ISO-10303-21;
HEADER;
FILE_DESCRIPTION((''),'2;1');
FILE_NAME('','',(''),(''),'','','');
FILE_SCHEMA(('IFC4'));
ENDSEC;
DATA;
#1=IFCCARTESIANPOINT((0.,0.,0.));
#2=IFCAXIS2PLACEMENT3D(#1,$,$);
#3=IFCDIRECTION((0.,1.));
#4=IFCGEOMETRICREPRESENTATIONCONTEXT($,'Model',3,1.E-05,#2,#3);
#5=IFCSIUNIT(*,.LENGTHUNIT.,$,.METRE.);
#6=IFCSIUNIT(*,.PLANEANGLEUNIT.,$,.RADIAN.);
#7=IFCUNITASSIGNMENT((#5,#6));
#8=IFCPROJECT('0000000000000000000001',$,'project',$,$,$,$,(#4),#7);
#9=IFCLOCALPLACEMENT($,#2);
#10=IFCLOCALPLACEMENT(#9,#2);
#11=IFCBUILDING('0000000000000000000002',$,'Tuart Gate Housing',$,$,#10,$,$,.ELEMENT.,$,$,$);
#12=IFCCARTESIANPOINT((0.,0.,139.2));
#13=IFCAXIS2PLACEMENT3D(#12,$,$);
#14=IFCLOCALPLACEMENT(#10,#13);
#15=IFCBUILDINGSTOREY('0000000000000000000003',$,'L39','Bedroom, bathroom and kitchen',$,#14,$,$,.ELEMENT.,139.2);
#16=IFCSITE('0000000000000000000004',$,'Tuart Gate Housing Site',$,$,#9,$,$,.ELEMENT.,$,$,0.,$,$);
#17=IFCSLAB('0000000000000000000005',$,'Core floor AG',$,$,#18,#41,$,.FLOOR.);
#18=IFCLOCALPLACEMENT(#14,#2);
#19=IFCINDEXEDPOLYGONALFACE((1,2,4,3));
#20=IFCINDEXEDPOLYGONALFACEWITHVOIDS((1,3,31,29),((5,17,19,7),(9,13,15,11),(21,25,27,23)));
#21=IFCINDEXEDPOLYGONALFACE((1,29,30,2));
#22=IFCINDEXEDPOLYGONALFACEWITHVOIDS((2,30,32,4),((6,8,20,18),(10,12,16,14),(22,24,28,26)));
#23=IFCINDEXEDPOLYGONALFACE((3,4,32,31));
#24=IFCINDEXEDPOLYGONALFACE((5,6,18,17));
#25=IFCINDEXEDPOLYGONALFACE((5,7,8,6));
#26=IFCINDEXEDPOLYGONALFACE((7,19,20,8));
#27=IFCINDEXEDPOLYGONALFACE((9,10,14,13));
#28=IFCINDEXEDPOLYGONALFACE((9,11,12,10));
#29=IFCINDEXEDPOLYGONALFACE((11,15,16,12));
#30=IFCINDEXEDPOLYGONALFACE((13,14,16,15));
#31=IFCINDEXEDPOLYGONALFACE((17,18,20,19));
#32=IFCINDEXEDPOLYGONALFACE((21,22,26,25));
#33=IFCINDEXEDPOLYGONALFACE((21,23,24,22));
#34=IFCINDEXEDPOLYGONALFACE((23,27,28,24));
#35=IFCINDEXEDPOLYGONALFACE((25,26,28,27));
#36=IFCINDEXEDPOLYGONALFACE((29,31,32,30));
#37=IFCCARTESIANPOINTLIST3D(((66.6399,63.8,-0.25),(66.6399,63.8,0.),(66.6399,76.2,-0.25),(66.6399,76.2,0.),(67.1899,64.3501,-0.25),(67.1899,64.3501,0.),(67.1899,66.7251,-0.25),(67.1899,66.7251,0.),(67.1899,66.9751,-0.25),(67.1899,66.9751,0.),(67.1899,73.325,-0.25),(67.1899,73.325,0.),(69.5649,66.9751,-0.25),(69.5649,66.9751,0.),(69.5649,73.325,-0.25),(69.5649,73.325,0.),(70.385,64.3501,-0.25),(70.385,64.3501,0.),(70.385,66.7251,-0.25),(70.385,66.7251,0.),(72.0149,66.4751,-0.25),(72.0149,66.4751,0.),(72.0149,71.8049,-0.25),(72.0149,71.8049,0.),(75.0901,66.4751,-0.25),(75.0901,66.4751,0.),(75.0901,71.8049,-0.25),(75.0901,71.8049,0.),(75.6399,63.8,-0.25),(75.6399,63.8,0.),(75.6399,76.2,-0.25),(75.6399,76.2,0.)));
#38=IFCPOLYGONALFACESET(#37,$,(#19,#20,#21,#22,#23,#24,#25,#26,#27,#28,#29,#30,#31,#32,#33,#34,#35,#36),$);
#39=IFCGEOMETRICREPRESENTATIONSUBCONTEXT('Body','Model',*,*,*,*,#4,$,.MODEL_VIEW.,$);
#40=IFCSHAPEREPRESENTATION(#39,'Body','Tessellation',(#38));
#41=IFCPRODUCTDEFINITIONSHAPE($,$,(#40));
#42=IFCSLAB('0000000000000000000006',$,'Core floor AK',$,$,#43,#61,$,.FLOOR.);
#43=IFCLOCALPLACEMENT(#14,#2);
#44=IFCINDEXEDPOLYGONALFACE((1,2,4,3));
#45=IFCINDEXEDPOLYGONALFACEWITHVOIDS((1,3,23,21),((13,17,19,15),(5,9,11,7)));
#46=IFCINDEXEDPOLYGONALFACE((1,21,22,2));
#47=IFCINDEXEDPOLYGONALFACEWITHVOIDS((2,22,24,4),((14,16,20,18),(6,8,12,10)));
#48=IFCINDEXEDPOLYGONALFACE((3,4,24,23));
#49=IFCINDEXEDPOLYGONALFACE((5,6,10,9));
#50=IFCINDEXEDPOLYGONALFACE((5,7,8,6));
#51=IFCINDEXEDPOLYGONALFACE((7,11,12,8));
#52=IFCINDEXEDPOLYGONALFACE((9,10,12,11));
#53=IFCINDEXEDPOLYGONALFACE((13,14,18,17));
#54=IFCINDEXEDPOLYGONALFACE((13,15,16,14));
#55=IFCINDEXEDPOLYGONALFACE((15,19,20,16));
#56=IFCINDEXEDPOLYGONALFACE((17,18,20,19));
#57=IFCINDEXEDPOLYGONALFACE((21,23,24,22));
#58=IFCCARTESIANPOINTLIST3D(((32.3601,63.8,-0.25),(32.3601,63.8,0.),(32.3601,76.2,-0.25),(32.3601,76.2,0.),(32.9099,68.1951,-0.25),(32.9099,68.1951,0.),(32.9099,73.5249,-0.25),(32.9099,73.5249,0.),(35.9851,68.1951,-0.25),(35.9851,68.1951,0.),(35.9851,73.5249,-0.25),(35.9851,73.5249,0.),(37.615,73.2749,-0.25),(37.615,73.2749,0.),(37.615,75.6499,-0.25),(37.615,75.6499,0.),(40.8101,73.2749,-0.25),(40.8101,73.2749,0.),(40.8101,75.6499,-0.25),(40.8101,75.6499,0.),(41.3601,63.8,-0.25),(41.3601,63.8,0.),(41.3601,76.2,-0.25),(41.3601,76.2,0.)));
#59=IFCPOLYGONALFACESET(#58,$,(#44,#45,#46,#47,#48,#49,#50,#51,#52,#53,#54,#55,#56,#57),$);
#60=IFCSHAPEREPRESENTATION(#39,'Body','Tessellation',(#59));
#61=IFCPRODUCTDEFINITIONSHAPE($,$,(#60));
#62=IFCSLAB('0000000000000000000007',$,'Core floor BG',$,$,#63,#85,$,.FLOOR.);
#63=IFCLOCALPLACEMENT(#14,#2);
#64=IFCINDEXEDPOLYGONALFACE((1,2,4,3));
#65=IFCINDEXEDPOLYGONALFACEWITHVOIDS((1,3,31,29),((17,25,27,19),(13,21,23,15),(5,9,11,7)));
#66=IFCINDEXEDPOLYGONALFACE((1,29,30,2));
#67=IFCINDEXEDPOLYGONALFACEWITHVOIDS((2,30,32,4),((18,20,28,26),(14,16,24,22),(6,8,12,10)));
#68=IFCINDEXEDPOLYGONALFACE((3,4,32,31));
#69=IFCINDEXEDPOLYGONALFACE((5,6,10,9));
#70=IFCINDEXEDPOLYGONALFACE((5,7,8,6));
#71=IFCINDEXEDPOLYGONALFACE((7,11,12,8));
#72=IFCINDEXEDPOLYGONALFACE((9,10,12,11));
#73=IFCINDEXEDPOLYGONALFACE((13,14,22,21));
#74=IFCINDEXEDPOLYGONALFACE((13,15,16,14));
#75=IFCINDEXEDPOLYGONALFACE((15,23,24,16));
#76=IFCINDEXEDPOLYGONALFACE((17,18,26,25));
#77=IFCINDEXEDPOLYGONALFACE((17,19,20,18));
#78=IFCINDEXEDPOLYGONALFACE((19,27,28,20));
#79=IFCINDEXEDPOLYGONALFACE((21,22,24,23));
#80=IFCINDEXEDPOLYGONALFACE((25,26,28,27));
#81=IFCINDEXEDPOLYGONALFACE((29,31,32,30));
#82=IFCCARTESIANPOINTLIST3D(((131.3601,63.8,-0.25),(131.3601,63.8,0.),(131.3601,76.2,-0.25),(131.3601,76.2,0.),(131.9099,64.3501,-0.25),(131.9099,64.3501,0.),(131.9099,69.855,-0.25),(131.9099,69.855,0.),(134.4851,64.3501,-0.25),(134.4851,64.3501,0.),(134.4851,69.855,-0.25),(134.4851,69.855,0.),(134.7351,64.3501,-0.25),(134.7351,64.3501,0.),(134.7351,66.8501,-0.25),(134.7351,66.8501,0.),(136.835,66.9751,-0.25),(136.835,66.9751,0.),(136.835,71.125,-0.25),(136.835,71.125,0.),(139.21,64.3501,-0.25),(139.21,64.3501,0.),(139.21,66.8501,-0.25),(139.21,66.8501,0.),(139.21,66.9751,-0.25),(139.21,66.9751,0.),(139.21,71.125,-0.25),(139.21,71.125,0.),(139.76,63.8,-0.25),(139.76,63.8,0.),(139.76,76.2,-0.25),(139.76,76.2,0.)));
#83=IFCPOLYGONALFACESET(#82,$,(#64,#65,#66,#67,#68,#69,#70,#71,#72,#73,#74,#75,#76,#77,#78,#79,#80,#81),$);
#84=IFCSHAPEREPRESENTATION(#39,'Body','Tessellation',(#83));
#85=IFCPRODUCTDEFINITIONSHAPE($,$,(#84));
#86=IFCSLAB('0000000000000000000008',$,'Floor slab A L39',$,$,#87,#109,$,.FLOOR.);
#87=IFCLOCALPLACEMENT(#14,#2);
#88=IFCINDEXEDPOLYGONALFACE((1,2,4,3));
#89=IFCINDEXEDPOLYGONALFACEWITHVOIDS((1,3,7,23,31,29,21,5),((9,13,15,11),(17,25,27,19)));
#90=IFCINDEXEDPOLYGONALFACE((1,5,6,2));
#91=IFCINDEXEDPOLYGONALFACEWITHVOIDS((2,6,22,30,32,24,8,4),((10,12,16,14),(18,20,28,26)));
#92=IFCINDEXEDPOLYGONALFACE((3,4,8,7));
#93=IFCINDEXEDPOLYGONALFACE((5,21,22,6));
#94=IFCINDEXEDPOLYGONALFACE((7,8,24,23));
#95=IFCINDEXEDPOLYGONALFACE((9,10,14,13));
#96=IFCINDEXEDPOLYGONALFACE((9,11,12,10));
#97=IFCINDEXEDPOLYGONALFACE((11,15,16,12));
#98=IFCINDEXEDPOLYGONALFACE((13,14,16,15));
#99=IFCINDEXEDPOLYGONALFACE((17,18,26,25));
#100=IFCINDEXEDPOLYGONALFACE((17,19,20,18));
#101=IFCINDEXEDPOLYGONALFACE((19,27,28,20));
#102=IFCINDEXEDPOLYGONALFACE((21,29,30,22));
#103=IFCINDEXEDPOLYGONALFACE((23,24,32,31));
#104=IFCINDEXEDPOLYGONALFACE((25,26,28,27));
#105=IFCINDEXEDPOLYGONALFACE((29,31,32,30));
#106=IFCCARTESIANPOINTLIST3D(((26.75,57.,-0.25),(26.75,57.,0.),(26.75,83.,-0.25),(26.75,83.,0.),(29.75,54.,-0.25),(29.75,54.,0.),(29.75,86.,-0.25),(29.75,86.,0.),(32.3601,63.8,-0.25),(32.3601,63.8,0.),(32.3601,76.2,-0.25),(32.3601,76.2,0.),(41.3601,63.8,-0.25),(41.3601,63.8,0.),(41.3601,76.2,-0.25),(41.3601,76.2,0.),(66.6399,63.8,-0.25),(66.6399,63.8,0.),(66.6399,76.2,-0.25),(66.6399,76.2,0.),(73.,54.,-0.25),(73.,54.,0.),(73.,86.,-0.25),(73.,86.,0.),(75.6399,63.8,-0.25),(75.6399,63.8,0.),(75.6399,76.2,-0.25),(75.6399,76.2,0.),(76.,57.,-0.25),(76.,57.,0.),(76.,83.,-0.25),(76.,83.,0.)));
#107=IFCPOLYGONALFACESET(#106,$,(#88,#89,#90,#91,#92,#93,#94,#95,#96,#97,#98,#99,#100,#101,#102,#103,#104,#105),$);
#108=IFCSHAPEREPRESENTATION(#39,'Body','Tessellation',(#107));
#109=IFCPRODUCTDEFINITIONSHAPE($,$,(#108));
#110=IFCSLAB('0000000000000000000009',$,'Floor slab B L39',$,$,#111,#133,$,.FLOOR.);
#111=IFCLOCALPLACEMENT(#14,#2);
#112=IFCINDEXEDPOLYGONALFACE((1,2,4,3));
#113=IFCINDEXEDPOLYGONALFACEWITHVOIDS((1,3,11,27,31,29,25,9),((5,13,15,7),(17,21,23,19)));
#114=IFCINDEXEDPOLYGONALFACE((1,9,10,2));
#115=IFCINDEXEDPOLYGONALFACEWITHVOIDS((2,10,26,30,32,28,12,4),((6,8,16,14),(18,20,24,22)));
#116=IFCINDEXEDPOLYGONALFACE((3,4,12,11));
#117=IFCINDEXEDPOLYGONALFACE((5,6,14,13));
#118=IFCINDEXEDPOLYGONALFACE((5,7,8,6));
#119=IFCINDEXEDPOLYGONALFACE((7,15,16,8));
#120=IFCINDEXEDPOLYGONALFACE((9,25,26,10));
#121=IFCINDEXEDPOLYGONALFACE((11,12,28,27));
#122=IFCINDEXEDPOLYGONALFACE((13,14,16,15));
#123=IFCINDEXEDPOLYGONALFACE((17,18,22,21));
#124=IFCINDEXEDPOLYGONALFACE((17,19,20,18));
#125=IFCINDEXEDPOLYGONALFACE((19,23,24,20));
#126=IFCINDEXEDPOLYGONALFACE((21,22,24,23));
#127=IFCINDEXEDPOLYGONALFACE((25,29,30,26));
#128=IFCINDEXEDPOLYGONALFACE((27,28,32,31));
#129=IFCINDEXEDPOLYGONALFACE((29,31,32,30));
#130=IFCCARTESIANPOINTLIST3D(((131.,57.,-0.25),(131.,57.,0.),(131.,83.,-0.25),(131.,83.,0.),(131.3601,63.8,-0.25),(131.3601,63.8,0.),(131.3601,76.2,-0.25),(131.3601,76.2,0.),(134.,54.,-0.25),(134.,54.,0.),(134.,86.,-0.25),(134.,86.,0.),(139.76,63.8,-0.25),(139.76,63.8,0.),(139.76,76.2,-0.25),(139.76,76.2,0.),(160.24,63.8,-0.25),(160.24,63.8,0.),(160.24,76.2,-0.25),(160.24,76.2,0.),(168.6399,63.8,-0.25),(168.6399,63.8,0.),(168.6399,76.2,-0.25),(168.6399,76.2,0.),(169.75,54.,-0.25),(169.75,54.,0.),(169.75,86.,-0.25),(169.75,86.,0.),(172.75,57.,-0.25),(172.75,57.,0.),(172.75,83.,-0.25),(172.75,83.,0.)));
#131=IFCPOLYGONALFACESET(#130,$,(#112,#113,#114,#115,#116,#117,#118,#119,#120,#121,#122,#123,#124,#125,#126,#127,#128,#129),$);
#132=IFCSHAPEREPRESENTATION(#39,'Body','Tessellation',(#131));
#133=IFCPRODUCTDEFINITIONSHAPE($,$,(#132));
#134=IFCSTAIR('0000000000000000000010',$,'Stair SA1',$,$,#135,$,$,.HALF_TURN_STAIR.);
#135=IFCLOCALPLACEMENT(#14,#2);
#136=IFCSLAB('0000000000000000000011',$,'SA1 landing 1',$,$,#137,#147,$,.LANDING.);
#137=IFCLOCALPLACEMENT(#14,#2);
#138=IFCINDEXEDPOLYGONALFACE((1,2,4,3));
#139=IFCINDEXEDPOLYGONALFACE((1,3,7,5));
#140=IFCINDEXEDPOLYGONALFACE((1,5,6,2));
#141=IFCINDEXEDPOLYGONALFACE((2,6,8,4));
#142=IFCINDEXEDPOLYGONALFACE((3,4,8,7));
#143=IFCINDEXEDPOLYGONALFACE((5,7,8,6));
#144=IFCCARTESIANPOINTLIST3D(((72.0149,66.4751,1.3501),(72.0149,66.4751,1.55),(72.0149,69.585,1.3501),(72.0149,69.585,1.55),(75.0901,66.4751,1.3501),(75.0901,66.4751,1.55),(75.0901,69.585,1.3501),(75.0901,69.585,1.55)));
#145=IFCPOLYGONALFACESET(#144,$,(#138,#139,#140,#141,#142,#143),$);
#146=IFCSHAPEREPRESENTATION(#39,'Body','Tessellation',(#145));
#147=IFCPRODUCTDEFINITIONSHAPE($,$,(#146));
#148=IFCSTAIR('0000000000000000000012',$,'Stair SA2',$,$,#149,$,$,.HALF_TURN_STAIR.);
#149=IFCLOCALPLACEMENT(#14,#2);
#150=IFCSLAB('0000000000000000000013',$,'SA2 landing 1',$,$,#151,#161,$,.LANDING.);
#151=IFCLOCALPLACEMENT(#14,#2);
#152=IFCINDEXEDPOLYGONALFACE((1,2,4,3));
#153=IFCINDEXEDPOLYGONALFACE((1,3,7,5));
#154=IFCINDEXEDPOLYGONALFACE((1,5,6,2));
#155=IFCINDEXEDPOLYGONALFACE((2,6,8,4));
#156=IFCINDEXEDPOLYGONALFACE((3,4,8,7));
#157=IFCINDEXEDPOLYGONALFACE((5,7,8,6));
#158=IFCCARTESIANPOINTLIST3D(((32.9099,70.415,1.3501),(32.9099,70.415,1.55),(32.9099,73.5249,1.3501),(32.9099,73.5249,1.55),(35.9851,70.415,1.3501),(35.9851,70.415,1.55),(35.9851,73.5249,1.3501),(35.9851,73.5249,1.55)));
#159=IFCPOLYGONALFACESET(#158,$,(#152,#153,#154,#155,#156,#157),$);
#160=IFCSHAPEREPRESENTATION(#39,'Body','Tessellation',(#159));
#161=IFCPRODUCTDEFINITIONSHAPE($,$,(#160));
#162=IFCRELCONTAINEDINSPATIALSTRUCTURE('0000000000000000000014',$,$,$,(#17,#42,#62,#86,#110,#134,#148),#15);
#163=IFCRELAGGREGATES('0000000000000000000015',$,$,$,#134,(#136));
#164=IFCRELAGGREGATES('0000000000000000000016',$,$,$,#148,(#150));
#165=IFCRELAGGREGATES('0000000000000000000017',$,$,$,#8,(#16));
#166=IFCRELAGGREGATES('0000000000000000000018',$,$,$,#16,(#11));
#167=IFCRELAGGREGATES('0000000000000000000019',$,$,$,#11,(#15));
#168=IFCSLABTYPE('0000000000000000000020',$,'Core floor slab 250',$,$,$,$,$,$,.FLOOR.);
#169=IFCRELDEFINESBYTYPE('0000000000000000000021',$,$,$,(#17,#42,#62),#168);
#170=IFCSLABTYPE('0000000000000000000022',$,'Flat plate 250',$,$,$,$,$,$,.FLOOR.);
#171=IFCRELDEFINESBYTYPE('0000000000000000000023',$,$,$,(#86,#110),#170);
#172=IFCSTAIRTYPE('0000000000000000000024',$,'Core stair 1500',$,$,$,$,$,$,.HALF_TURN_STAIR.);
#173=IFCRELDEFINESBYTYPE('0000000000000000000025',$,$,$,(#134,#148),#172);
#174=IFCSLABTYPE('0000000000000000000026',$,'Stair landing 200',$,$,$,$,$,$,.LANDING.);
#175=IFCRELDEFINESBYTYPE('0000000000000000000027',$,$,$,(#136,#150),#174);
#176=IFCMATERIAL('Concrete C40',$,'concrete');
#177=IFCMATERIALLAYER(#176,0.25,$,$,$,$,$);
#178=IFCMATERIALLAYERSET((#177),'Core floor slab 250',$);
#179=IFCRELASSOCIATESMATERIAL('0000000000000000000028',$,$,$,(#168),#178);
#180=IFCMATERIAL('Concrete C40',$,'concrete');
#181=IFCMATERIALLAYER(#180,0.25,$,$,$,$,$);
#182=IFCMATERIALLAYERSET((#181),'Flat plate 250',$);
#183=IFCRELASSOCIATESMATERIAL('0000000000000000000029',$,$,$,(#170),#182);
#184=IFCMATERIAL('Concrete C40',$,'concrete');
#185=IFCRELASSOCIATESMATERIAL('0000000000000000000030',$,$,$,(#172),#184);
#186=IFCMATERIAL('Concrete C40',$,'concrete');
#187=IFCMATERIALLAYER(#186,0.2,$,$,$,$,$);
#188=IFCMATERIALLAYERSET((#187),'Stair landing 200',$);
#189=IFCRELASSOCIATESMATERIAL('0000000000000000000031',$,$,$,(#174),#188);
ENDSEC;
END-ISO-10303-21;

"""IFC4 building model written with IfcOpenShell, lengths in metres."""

from ifc_helpers import new_model, si_unit, direction, frame, origin, place, context, subcontext, project, spatial, polyline, outline, extrude, material, layer, layer_set, type_object, element, aggregate, save


model = new_model("IFC4")

# Units and contexts
model_context = context("Model", 3, precision=1e-05, world=origin(), true_north=direction((0.0, 1.0)))
body_context = subcontext(model_context, "Body", "Model", "MODEL_VIEW")
ifc_project = project(units=[si_unit("LENGTHUNIT", "METRE"), si_unit("PLANEANGLEUNIT", "RADIAN")], contexts=[model_context])

# Site, building, storey
site_placement = place(None, origin())
site = spatial("IfcSite", under=ifc_project, at=site_placement, Name="Tuart Gate Housing Site", CompositionType="ELEMENT", RefElevation=0.0)
building_placement = place(site_placement, origin())
building = spatial("IfcBuilding", under=site, at=building_placement, Name="Tuart Gate Housing", CompositionType="ELEMENT")
storey_placement = place(building_placement, frame((0.0, 0.0, 139.2)))
storey = spatial("IfcBuildingStorey", under=building, at=storey_placement, Name="L39", Description="Bedroom, bathroom and kitchen", CompositionType="ELEMENT", Elevation=139.2)

# Slabs
ifc_material_1 = material(Name="Concrete C40", Category="concrete")
ifc_layer_1 = layer(ifc_material_1, 0.25)
ifc_layer_set_1 = layer_set([ifc_layer_1], Name="Core floor slab 250")
slab_type_1 = type_object("IfcSlabType", Name="Core floor slab 250", PredefinedType="FLOOR", material=ifc_layer_set_1)
slab_1_placement = place(storey_placement, frame((0.0, 0.0, -0.25)))
element("IfcSlab", 1, at=slab_1_placement, inside=storey, type_object=slab_type_1, Name="Core floor AG", PredefinedType="FLOOR", context=body_context, shape_type="SweptSolid", body=[
    extrude(outline(polyline([(66.6399, 63.8), (75.6399, 63.8), (75.6399, 76.2), (66.6399, 76.2), (66.6399, 63.8)]), holes=[polyline([(67.1899, 64.3501), (70.385, 64.3501), (70.385, 66.7251), (67.1899, 66.7251), (67.1899, 64.3501)]), polyline([(67.1899, 66.9751), (69.5649, 66.9751), (69.5649, 73.325), (67.1899, 73.325), (67.1899, 66.9751)]), polyline([(72.0149, 66.4751), (75.0901, 66.4751), (75.0901, 71.8049), (72.0149, 71.8049), (72.0149, 66.4751)])]), origin(), (0.0, 0.0, 1.0), 0.25),
])
slab_2_placement = place(storey_placement, frame((0.0, 0.0, -0.25)))
element("IfcSlab", 2, at=slab_2_placement, inside=storey, type_object=slab_type_1, Name="Core floor AK", PredefinedType="FLOOR", context=body_context, shape_type="SweptSolid", body=[
    extrude(outline(polyline([(32.3601, 63.8), (41.3601, 63.8), (41.3601, 76.2), (32.3601, 76.2), (32.3601, 63.8)]), holes=[polyline([(40.8101, 75.6499), (37.615, 75.6499), (37.615, 73.2749), (40.8101, 73.2749), (40.8101, 75.6499)]), polyline([(35.9851, 73.5249), (32.9099, 73.5249), (32.9099, 68.1951), (35.9851, 68.1951), (35.9851, 73.5249)])]), origin(), (0.0, 0.0, 1.0), 0.25),
])
slab_3_placement = place(storey_placement, frame((0.0, 0.0, -0.25)))
element("IfcSlab", 3, at=slab_3_placement, inside=storey, type_object=slab_type_1, Name="Core floor BG", PredefinedType="FLOOR", context=body_context, shape_type="SweptSolid", body=[
    extrude(outline(polyline([(131.3601, 63.8), (139.76, 63.8), (139.76, 76.2), (131.3601, 76.2), (131.3601, 63.8)]), holes=[polyline([(139.21, 66.8501), (134.7351, 66.8501), (134.7351, 64.3501), (139.21, 64.3501), (139.21, 66.8501)]), polyline([(139.21, 71.125), (136.835, 71.125), (136.835, 66.9751), (139.21, 66.9751), (139.21, 71.125)]), polyline([(134.4851, 69.855), (131.9099, 69.855), (131.9099, 64.3501), (134.4851, 64.3501), (134.4851, 69.855)])]), origin(), (0.0, 0.0, 1.0), 0.25),
])
ifc_material_2 = material(Name="Concrete C40", Category="concrete")
ifc_layer_2 = layer(ifc_material_2, 0.25)
ifc_layer_set_2 = layer_set([ifc_layer_2], Name="Flat plate 250")
slab_type_2 = type_object("IfcSlabType", Name="Flat plate 250", PredefinedType="FLOOR", material=ifc_layer_set_2)
slab_4_placement = place(storey_placement, frame((0.0, 0.0, -0.25)))
element("IfcSlab", 4, at=slab_4_placement, inside=storey, type_object=slab_type_2, Name="Floor slab A L39", PredefinedType="FLOOR", context=body_context, shape_type="SweptSolid", body=[
    extrude(outline(polyline([(29.75, 86.0), (26.75, 83.0), (26.75, 57.0), (29.75, 54.0), (73.0, 54.0), (76.0, 57.0), (76.0, 83.0), (73.0, 86.0), (29.75, 86.0)]), holes=[polyline([(66.6399, 76.2), (75.6399, 76.2), (75.6399, 63.8), (66.6399, 63.8), (66.6399, 76.2)]), polyline([(41.3601, 76.2), (41.3601, 63.8), (32.3601, 63.8), (32.3601, 76.2), (41.3601, 76.2)])]), origin(), (0.0, 0.0, 1.0), 0.25),
])
slab_5_placement = place(storey_placement, frame((0.0, 0.0, -0.25)))
element("IfcSlab", 5, at=slab_5_placement, inside=storey, type_object=slab_type_2, Name="Floor slab B L39", PredefinedType="FLOOR", context=body_context, shape_type="SweptSolid", body=[
    extrude(outline(polyline([(134.0, 86.0), (131.0, 83.0), (131.0, 57.0), (134.0, 54.0), (169.75, 54.0), (172.75, 57.0), (172.75, 83.0), (169.75, 86.0), (134.0, 86.0)]), holes=[polyline([(131.3601, 76.2), (139.76, 76.2), (139.76, 63.8), (131.3601, 63.8), (131.3601, 76.2)]), polyline([(168.6399, 76.2), (168.6399, 63.8), (160.24, 63.8), (160.24, 76.2), (168.6399, 76.2)])]), origin(), (0.0, 0.0, 1.0), 0.25),
])

# Stairs, slabs
ifc_material_3 = material(Name="Concrete C40", Category="concrete")
stair_type = type_object("IfcStairType", Name="Core stair 1500", PredefinedType="HALF_TURN_STAIR", material=ifc_material_3)
stair_1_placement = place(storey_placement, origin())
stair_1 = element("IfcStair", 6, at=stair_1_placement, inside=storey, type_object=stair_type, Name="Stair SA1", PredefinedType="HALF_TURN_STAIR")
ifc_material_4 = material(Name="Concrete C40", Category="concrete")
ifc_layer_3 = layer(ifc_material_4, 0.2)
ifc_layer_set_3 = layer_set([ifc_layer_3], Name="Stair landing 200")
slab_type_3 = type_object("IfcSlabType", Name="Stair landing 200", PredefinedType="LANDING", material=ifc_layer_set_3)
slab_6_placement = place(storey_placement, frame((0.0, 0.0, 1.3501)))
slab_6 = element("IfcSlab", 7, at=slab_6_placement, type_object=slab_type_3, Name="SA1 landing 1", PredefinedType="LANDING", context=body_context, shape_type="SweptSolid", body=[
    extrude(outline(polyline([(72.0149, 66.4751), (75.0901, 66.4751), (75.0901, 69.585), (72.0149, 69.585), (72.0149, 66.4751)])), origin(), (0.0, 0.0, 1.0), 0.2),
])
aggregate(stair_1, [slab_6])
stair_2_placement = place(storey_placement, origin())
stair_2 = element("IfcStair", 8, at=stair_2_placement, inside=storey, type_object=stair_type, Name="Stair SA2", PredefinedType="HALF_TURN_STAIR")
slab_7_placement = place(storey_placement, frame((0.0, 0.0, 1.3501)))
slab_7 = element("IfcSlab", 9, at=slab_7_placement, type_object=slab_type_3, Name="SA2 landing 1", PredefinedType="LANDING", context=body_context, shape_type="SweptSolid", body=[
    extrude(outline(polyline([(35.9851, 73.5249), (32.9099, 73.5249), (32.9099, 70.415), (35.9851, 70.415), (35.9851, 73.5249)])), origin(), (0.0, 0.0, 1.0), 0.2),
])
aggregate(stair_2, [slab_7])

save(model, "model.ifc")
